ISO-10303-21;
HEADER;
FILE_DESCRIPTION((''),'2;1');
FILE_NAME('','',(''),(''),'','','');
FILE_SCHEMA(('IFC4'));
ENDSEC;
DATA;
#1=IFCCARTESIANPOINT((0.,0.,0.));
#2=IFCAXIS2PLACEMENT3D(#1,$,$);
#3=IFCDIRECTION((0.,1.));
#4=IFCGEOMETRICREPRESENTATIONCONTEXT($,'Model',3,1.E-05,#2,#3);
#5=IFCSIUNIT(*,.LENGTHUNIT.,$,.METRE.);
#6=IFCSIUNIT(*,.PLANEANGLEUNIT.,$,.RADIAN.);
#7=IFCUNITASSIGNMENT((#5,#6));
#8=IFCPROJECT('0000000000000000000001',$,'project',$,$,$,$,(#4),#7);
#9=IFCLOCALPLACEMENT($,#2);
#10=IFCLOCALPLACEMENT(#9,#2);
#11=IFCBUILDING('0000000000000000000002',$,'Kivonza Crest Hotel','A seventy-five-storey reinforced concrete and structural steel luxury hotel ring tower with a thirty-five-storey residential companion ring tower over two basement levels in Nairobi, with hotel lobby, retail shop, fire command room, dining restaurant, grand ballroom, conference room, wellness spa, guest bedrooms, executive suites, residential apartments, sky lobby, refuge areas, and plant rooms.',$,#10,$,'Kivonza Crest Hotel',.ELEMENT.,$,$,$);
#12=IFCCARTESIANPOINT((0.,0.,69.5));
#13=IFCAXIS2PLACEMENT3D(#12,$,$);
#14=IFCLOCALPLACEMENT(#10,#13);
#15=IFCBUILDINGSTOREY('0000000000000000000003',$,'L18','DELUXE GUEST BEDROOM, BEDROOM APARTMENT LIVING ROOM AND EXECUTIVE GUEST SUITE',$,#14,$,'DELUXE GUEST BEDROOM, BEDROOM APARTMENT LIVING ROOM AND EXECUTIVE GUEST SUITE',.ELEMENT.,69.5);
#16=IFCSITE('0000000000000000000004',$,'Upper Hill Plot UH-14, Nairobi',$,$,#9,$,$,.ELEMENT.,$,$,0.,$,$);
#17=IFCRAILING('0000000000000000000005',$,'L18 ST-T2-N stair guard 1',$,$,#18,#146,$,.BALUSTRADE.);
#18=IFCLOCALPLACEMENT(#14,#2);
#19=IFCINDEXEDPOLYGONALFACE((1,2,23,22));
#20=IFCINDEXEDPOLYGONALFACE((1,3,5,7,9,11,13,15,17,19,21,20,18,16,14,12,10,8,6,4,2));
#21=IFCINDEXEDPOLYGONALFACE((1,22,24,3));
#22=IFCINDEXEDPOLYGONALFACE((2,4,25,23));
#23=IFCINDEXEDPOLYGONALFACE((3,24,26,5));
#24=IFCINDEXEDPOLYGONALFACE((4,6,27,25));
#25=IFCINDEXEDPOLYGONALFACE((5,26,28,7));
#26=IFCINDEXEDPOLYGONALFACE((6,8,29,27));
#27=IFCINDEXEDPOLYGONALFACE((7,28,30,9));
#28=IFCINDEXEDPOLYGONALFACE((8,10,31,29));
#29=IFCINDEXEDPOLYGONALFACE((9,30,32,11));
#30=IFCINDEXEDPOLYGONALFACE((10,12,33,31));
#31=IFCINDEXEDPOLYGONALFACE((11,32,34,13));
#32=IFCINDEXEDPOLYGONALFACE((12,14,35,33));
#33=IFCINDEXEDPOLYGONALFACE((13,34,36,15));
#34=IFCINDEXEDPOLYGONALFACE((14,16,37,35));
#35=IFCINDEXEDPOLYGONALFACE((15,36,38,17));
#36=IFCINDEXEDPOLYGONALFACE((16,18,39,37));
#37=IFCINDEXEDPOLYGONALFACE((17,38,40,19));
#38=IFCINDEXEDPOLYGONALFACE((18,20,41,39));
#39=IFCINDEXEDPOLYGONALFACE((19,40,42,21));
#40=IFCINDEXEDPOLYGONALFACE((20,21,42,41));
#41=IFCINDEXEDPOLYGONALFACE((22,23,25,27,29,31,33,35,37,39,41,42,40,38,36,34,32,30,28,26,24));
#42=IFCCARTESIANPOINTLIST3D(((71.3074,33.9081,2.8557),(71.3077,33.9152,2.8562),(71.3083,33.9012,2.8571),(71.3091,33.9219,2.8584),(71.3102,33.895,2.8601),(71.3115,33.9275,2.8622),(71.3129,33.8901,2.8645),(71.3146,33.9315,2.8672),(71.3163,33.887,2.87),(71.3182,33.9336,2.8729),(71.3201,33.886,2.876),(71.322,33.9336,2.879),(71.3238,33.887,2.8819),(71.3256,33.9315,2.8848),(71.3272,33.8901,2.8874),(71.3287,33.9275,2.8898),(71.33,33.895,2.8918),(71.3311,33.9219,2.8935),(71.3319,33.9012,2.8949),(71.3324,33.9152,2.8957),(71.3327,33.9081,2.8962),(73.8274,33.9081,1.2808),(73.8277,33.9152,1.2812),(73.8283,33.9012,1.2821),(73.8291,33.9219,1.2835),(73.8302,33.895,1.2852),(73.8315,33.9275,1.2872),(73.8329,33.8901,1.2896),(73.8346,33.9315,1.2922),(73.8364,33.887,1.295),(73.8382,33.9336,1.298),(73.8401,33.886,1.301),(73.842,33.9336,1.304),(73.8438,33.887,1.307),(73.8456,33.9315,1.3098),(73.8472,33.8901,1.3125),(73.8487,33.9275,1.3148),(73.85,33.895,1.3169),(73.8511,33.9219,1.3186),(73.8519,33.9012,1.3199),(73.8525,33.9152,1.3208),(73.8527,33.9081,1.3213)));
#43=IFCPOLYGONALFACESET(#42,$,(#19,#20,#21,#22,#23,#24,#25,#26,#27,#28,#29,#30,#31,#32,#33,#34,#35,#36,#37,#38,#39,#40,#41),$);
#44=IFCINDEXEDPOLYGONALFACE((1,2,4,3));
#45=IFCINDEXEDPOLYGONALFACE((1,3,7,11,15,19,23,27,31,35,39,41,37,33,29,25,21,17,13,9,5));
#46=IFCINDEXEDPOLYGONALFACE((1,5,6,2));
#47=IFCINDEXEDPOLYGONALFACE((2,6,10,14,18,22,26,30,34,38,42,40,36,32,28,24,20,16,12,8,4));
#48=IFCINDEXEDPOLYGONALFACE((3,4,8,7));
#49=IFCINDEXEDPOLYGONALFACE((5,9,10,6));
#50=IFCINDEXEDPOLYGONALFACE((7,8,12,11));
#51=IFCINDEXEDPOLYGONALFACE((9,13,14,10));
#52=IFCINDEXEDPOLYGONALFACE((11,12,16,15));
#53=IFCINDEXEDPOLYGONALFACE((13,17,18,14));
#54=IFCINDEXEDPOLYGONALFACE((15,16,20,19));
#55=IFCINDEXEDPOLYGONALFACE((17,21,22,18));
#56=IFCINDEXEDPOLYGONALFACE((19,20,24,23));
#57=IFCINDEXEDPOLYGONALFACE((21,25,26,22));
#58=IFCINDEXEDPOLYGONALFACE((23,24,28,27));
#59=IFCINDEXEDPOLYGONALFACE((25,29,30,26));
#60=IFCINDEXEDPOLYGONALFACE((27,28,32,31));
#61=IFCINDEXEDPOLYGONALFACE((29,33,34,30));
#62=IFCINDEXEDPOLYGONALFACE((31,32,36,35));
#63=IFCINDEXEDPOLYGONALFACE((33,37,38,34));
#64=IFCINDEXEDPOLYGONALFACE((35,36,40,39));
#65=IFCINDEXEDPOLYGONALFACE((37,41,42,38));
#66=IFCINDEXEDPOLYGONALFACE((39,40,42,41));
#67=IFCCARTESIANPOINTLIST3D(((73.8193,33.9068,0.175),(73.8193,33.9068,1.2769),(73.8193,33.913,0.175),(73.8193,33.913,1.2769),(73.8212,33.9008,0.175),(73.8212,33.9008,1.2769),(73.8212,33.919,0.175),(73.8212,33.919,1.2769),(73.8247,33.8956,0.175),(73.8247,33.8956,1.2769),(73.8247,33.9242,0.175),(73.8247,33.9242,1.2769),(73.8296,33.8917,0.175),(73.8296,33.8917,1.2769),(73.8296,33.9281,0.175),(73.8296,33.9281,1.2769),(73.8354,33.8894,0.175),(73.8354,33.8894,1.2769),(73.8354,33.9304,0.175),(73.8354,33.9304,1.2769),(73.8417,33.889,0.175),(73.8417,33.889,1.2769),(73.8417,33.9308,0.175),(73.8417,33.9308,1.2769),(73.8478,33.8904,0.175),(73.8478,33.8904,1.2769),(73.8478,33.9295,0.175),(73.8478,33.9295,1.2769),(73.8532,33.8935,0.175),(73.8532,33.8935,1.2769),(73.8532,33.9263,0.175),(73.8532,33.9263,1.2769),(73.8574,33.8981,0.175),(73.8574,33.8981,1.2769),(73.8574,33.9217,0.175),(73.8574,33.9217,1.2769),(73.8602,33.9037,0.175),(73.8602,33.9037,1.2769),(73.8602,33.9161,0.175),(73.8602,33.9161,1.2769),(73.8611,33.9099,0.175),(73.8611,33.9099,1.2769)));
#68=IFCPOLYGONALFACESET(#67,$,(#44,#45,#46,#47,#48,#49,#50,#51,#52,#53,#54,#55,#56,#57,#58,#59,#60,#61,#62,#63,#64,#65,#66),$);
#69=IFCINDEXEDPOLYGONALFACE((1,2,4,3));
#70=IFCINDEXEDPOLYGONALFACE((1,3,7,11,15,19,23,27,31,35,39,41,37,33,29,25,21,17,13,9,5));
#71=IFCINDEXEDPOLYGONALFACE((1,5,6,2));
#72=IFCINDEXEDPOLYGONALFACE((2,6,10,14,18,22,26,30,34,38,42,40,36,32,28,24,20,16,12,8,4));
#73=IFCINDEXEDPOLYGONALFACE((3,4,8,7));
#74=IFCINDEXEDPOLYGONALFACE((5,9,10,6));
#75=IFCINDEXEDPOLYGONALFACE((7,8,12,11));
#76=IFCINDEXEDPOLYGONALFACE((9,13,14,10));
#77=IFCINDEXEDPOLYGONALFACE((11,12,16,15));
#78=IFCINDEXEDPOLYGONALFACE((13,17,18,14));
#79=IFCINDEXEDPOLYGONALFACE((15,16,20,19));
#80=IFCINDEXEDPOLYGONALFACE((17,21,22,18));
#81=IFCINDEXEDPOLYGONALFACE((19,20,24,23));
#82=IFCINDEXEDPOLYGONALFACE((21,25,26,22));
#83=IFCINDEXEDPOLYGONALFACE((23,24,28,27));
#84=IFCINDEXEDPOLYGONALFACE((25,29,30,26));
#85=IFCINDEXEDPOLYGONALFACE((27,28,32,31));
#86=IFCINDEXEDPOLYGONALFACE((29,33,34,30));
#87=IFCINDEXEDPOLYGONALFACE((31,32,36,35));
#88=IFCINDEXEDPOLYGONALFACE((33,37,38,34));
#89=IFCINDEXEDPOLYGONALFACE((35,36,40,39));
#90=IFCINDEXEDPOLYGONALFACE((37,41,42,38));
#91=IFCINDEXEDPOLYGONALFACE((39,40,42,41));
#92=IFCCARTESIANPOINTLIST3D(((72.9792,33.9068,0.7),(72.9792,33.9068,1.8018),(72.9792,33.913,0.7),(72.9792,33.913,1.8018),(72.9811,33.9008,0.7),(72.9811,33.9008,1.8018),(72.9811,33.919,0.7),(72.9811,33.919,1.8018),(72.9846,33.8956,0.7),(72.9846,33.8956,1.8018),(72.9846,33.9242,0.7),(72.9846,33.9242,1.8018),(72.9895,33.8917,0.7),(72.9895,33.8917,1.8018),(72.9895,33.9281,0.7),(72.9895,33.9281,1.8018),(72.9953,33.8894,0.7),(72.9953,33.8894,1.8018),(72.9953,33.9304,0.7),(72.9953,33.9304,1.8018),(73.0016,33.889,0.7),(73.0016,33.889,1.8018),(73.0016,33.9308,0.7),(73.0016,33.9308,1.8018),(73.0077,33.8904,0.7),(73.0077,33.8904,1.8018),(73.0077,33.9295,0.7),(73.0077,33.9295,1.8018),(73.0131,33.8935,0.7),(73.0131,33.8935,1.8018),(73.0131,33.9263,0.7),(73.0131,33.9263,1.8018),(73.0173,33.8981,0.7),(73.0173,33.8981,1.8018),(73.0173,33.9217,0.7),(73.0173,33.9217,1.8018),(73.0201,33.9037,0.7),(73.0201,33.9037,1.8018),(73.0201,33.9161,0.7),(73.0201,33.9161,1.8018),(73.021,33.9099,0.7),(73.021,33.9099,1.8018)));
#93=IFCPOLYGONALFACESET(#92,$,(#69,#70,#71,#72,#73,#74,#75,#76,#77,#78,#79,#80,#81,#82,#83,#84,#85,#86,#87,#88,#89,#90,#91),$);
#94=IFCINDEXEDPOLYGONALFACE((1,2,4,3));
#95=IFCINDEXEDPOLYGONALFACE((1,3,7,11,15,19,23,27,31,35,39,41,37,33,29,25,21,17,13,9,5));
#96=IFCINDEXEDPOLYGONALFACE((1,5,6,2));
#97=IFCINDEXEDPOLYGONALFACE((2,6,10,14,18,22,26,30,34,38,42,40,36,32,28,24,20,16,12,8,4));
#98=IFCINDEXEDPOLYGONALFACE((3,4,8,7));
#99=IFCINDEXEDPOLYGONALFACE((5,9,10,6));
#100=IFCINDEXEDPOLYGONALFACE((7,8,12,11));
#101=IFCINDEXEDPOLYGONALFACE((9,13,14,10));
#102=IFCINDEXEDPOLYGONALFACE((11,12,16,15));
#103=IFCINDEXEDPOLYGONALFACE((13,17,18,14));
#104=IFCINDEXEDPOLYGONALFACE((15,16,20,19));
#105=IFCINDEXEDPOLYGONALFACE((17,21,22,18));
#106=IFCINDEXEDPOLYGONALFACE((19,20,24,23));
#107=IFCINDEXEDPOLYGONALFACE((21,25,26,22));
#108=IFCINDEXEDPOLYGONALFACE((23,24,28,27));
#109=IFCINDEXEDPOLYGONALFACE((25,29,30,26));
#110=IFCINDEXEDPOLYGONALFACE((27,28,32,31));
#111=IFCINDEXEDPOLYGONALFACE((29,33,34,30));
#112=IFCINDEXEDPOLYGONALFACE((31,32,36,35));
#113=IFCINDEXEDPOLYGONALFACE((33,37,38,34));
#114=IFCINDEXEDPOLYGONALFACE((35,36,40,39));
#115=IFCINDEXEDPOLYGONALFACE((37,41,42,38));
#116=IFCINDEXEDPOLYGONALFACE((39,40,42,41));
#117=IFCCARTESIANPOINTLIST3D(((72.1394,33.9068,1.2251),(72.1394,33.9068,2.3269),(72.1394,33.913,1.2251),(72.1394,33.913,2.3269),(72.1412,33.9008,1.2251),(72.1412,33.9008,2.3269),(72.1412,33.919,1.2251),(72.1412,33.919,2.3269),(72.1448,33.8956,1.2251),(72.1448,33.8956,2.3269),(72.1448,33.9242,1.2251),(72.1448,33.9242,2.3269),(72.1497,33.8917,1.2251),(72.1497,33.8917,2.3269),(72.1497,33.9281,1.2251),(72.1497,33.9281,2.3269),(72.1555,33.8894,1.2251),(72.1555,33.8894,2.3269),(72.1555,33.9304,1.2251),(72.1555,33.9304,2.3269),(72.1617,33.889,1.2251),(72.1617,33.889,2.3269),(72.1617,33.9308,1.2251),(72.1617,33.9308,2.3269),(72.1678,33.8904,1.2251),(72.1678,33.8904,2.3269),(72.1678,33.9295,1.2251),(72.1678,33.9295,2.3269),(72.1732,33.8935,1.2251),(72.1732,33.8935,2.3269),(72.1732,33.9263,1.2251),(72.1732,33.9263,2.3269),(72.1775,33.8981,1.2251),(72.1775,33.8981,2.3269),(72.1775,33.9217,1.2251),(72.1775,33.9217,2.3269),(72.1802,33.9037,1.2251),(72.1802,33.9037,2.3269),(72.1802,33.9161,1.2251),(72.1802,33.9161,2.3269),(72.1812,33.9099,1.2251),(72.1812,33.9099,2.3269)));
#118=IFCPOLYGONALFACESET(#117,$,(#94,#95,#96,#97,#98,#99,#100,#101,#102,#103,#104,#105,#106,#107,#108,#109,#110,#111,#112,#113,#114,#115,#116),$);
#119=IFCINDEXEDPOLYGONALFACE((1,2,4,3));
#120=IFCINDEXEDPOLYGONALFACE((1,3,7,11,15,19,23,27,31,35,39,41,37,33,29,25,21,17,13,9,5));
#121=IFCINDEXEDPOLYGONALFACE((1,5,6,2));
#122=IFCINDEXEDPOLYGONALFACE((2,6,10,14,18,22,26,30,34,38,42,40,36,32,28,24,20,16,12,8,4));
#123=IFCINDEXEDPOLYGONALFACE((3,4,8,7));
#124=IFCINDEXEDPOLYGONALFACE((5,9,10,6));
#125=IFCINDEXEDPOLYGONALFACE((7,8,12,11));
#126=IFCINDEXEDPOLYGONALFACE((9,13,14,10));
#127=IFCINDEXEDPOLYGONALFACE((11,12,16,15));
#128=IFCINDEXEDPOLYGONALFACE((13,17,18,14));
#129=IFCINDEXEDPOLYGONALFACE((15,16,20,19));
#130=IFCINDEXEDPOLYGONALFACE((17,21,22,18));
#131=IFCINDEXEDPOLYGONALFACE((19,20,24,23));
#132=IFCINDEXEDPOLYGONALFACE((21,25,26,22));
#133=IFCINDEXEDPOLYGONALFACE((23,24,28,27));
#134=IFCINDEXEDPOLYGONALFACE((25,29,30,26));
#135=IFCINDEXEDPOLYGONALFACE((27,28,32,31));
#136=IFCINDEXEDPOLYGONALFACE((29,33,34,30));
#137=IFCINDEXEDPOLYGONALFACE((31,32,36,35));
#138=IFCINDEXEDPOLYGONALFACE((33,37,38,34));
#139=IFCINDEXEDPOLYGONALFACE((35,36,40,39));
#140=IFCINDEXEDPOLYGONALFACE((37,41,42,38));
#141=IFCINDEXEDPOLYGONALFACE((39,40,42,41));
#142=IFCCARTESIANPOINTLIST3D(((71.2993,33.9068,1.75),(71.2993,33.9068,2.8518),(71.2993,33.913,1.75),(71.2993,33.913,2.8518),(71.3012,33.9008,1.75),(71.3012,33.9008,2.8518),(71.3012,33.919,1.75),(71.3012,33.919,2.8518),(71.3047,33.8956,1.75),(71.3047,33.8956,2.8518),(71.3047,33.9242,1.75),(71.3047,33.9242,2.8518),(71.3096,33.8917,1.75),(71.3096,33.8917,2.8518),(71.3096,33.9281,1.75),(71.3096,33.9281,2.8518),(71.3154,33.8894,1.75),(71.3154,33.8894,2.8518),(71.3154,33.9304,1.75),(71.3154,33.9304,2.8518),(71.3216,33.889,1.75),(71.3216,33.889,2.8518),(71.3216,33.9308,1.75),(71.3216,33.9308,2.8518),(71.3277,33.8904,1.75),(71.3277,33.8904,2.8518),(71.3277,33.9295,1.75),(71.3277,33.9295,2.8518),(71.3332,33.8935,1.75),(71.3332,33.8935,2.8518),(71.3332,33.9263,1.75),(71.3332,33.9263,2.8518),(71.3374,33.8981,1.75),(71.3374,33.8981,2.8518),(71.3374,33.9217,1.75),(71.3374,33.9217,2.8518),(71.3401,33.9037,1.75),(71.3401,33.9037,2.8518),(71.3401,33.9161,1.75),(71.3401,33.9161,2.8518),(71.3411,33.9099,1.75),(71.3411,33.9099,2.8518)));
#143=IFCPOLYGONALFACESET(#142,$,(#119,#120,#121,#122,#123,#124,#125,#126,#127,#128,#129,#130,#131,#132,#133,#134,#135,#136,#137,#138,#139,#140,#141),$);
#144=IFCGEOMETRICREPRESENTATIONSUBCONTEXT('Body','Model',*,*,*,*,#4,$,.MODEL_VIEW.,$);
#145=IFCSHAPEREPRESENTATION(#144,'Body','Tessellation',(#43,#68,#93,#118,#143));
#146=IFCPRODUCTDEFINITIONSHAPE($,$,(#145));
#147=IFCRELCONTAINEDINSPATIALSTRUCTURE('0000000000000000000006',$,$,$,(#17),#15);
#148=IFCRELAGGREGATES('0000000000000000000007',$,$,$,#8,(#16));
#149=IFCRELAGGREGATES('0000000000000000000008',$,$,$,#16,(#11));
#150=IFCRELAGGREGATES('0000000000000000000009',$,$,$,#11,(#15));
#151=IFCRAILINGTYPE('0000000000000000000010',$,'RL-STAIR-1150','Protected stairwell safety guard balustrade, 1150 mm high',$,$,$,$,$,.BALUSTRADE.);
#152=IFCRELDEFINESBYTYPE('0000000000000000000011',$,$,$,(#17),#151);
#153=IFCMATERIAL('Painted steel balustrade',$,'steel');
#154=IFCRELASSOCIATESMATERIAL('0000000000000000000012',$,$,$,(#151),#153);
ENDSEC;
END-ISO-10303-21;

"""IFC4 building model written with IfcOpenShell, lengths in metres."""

from ifc_helpers import new_model, si_unit, direction, frame, origin, origin_2d, place, context, subcontext, project, spatial, circle, extrude, material, type_object, element, save


model = new_model("IFC4")

# Units and contexts
model_context = context("Model", 3, precision=1e-05, world=origin(), true_north=direction((0.0, 1.0)))
body_context = subcontext(model_context, "Body", "Model", "MODEL_VIEW")
ifc_project = project(units=[si_unit("LENGTHUNIT", "METRE"), si_unit("PLANEANGLEUNIT", "RADIAN")], contexts=[model_context])

# Site, building, storey
site_placement = place(None, origin())
site = spatial("IfcSite", under=ifc_project, at=site_placement, Name="Upper Hill Plot UH-14, Nairobi", CompositionType="ELEMENT", RefElevation=0.0)
building_placement = place(site_placement, origin())
building = spatial("IfcBuilding", under=site, at=building_placement, Name="Kivonza Crest Hotel", Description="A seventy-five-storey reinforced concrete and structural steel luxury hotel ring tower with a thirty-five-storey residential companion ring tower over two basement levels in Nairobi, with hotel lobby, retail shop, fire command room, dining restaurant, grand ballroom, conference room, wellness spa, guest bedrooms, executive suites, residential apartments, sky lobby, refuge areas, and plant rooms.", LongName="Kivonza Crest Hotel", CompositionType="ELEMENT")
storey_placement = place(building_placement, frame((0.0, 0.0, 69.5)))
storey = spatial("IfcBuildingStorey", under=building, at=storey_placement, Name="L18", Description="DELUXE GUEST BEDROOM, BEDROOM APARTMENT LIVING ROOM AND EXECUTIVE GUEST SUITE", LongName="DELUXE GUEST BEDROOM, BEDROOM APARTMENT LIVING ROOM AND EXECUTIVE GUEST SUITE", CompositionType="ELEMENT", Elevation=69.5)

# Railing
ifc_material_1 = material(Name="Painted steel balustrade", Category="steel")
railing_type_1 = type_object("IfcRailingType", Name="RL-STAIR-1150", Description="Protected stairwell safety guard balustrade, 1150 mm high", PredefinedType="BALUSTRADE", material=ifc_material_1)
railing_1_placement = place(storey_placement, frame((73.8401, 33.9099, 0.175)))
element("IfcRailing", 1, at=railing_1_placement, inside=storey, type_object=railing_type_1, Name="L18 ST-T2-N stair guard 1", PredefinedType="BALUSTRADE", context=body_context, shape_type="SweptSolid", body=[
    extrude(circle(Radius=0.0239, at=origin_2d()), frame((0.0, 0.0, 1.126), z_axis=(-0.848008, 0.0, 0.529984), x_axis=(0.0, -1.0, 0.0)), (0.0, 0.0, 1.0), 2.9717),
    extrude(circle(Radius=0.021, at=origin_2d()), origin(), (0.0, 0.0, 1.0), 1.1018),
    extrude(circle(Radius=0.021, at=origin_2d()), frame((-0.8401, 0.0, 0.5249)), (0.0, 0.0, 1.0), 1.1018),
    extrude(circle(Radius=0.021, at=origin_2d()), frame((-1.6799, 0.0, 1.05)), (0.0, 0.0, 1.0), 1.1018),
    extrude(circle(Radius=0.021, at=origin_2d()), frame((-2.52, 0.0, 1.575)), (0.0, 0.0, 1.0), 1.1018),
])

save(model, "model.ifc")
